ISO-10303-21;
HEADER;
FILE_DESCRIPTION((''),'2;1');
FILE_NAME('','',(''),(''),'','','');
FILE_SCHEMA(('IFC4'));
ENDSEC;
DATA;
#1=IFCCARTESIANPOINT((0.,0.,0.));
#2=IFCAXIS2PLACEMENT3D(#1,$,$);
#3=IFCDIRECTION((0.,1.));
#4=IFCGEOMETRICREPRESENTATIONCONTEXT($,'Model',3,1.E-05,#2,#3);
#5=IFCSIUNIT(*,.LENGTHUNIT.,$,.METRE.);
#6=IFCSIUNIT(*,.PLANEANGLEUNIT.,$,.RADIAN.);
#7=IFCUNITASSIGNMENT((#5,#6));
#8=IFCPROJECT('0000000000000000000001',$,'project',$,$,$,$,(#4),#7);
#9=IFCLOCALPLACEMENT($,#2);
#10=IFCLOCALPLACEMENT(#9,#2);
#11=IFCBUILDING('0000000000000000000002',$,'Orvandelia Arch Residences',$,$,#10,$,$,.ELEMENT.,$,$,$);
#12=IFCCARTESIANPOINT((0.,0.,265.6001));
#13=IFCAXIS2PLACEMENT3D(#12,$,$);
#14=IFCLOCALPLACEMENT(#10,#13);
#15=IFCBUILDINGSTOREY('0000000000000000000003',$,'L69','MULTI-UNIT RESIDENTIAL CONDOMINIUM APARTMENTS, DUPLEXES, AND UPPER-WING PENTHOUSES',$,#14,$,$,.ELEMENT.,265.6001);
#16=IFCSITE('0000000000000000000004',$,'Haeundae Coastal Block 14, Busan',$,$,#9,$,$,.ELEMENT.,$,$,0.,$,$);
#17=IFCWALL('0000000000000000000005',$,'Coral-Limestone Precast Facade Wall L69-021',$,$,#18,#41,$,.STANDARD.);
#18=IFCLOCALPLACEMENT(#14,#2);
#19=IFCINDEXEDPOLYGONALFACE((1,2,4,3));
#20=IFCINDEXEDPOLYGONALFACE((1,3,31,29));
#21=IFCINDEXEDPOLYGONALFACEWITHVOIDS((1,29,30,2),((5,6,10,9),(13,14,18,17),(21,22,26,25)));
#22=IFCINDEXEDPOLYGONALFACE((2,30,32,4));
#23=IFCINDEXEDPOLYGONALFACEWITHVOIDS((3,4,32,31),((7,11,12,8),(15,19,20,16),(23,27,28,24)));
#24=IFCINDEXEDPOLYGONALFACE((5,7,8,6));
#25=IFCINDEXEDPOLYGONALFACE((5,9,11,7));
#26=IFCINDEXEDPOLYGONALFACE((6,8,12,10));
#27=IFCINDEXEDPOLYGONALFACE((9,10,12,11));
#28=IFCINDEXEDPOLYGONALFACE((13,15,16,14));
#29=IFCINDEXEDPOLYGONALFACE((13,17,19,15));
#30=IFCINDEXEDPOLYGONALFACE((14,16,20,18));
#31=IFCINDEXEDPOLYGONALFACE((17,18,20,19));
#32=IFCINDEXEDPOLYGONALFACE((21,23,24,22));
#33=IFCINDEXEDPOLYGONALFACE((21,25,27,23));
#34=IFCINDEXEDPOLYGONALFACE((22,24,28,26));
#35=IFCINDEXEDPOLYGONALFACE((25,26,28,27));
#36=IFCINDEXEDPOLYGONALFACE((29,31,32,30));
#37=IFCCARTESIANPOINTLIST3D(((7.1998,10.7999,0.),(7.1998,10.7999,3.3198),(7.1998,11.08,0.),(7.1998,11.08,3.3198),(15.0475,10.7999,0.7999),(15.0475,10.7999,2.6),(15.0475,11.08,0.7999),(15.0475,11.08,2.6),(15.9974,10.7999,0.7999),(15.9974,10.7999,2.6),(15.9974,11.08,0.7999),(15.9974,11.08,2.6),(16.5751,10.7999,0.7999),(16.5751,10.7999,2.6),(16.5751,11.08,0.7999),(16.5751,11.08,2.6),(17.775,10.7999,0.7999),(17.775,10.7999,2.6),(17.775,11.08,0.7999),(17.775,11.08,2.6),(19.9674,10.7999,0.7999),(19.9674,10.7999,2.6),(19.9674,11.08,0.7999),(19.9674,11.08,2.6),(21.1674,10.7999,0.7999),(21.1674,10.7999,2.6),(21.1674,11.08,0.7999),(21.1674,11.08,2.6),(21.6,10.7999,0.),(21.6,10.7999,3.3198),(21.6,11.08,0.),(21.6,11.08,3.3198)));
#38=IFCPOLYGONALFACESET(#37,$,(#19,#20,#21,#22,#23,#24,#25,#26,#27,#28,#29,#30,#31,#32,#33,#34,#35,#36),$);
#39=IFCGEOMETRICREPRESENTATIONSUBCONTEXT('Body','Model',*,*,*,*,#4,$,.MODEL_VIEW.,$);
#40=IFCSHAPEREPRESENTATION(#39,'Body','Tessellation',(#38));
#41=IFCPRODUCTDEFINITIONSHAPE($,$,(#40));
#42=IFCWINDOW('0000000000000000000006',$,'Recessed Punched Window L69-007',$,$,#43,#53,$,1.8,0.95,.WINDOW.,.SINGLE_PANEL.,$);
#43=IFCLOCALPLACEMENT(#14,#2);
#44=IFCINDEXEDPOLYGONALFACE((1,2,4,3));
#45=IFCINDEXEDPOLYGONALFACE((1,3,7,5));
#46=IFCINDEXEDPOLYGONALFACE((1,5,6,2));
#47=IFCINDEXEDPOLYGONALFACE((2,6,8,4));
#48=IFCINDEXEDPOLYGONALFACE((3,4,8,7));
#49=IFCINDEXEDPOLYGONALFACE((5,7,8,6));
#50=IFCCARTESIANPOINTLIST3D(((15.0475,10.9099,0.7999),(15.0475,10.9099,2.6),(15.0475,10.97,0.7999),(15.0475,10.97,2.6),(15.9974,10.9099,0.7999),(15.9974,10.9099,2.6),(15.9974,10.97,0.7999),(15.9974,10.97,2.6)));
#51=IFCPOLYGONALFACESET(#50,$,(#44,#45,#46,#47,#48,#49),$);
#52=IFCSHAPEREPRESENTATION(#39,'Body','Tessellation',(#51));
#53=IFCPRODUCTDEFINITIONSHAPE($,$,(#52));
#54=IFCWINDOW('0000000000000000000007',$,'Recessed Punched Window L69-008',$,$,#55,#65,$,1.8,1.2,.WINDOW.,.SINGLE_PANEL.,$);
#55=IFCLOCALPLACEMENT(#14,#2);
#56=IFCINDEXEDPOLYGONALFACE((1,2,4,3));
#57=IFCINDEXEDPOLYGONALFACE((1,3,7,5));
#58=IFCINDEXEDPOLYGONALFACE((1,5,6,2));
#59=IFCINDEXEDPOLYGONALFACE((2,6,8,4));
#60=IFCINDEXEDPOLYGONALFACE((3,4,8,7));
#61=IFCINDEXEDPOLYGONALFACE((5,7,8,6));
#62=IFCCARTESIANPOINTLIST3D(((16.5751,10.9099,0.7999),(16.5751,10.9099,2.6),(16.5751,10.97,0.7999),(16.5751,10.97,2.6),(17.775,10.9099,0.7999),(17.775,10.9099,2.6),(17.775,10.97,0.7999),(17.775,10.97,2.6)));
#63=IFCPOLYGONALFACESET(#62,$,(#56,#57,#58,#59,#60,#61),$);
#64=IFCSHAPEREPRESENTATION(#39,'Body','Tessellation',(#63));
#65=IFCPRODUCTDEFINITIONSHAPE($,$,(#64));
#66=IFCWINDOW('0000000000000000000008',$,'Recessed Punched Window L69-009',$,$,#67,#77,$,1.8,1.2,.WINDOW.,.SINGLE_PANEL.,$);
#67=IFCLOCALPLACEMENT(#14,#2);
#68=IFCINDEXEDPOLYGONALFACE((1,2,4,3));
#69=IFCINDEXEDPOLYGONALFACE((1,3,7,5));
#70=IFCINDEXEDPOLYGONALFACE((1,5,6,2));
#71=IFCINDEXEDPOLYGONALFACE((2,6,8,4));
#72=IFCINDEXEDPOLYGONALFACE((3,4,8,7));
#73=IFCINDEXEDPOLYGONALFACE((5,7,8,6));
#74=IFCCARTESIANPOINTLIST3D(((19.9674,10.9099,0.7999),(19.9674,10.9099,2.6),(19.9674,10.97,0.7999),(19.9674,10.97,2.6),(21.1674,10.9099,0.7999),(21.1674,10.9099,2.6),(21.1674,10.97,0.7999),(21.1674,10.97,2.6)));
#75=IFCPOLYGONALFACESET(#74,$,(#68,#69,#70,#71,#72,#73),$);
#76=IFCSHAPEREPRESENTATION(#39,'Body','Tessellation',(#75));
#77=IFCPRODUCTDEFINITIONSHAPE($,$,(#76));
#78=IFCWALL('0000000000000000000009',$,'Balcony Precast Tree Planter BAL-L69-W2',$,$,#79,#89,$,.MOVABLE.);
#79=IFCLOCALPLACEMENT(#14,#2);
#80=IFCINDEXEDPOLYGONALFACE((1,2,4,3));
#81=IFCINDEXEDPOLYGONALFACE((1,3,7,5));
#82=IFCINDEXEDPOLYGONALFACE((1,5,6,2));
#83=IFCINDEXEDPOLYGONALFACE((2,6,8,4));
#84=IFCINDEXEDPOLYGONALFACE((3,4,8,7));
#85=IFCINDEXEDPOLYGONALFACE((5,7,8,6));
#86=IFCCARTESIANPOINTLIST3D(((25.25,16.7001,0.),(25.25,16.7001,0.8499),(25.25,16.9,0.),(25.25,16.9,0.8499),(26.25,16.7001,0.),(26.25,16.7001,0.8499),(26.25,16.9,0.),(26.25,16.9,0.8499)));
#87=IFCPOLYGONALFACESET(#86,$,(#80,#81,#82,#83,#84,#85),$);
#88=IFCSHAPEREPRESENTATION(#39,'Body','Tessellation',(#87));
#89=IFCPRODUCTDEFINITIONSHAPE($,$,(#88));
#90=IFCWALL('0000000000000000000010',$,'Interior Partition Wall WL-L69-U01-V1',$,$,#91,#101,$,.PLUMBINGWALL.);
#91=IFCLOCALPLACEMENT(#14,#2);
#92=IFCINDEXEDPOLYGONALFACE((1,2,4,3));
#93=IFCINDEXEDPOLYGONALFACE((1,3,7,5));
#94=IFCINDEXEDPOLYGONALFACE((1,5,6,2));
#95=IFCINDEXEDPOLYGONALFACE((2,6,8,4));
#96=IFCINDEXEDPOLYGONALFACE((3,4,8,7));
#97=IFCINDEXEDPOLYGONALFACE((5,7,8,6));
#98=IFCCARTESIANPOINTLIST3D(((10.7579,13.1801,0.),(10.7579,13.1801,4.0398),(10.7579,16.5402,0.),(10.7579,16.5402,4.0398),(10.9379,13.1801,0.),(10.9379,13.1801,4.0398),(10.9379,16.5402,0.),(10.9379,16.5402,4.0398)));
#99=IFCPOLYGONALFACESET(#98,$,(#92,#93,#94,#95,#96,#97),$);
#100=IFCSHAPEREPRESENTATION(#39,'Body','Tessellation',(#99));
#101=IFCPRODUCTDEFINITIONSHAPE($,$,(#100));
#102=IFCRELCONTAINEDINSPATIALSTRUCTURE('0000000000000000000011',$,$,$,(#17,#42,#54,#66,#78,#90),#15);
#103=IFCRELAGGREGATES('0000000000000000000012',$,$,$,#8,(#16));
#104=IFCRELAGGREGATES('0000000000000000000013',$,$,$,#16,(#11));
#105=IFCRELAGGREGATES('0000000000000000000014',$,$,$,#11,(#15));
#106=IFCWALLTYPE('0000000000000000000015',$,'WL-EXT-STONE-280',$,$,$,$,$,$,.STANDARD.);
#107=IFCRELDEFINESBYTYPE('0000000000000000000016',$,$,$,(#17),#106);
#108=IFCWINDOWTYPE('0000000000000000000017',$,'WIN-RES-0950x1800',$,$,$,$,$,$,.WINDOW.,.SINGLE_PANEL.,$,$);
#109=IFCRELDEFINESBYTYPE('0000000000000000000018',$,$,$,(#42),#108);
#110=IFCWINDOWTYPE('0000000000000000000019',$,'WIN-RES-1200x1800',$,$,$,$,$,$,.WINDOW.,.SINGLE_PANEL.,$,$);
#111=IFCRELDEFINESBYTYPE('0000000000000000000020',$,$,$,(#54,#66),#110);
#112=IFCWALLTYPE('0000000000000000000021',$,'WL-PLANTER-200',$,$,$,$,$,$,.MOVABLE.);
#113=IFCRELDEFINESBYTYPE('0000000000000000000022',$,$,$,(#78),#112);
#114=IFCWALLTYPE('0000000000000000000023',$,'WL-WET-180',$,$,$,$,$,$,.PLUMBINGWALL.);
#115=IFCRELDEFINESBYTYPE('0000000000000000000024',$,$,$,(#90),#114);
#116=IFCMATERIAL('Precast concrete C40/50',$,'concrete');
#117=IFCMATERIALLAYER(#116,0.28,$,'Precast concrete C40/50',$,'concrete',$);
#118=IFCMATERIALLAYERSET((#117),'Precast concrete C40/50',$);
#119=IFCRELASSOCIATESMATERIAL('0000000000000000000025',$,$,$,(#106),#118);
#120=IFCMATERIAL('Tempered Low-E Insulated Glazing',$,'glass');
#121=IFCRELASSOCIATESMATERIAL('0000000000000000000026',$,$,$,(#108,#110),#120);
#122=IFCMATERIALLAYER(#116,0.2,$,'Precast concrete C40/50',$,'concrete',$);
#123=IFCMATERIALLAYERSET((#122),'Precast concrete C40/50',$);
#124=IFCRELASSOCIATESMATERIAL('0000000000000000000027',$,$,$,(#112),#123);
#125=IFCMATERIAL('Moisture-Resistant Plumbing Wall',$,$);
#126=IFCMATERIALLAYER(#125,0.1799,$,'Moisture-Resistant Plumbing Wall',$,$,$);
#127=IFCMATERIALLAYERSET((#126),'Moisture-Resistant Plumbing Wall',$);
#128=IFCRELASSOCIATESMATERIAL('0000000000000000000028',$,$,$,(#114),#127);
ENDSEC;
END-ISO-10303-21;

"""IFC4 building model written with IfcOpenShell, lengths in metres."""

from ifc_helpers import new_model, si_unit, direction, frame, frame_2d, origin, place, context, subcontext, project, spatial, rectangle, extrude, material, layer, layer_set, type_object, element, fill, save


model = new_model("IFC4")

# Units and contexts
model_context = context("Model", 3, precision=1e-05, world=origin(), true_north=direction((0.0, 1.0)))
body_context = subcontext(model_context, "Body", "Model", "MODEL_VIEW")
ifc_project = project(units=[si_unit("LENGTHUNIT", "METRE"), si_unit("PLANEANGLEUNIT", "RADIAN")], contexts=[model_context])

# Site, building, storey
site_placement = place(None, origin())
site = spatial("IfcSite", under=ifc_project, at=site_placement, Name="Haeundae Coastal Block 14, Busan", CompositionType="ELEMENT", RefElevation=0.0)
building_placement = place(site_placement, origin())
building = spatial("IfcBuilding", under=site, at=building_placement, Name="Orvandelia Arch Residences", CompositionType="ELEMENT")
storey_placement = place(building_placement, frame((0.0, 0.0, 265.6001)))
storey = spatial("IfcBuildingStorey", under=building, at=storey_placement, Name="L69", Description="MULTI-UNIT RESIDENTIAL CONDOMINIUM APARTMENTS, DUPLEXES, AND UPPER-WING PENTHOUSES", CompositionType="ELEMENT", Elevation=265.6001)

# Shared definitions
ifc_material_1 = material(Name="Precast concrete C40/50", Category="concrete")
ifc_layer_1 = layer(ifc_material_1, 0.28, Name="Precast concrete C40/50", Category="concrete")
ifc_layer_set_1 = layer_set([ifc_layer_1], Name="Precast concrete C40/50")
wall_type_1 = type_object("IfcWallType", Name="WL-EXT-STONE-280", PredefinedType="STANDARD", material=ifc_layer_set_1)

# Wall, openings, windows
wall_1_placement = place(storey_placement, frame((21.6001, 10.9399, 0.0), z_axis=(0.0, 0.0, 1.0), x_axis=(-1.0, 0.0, 0.0)))
wall_1 = element("IfcWall", 1, at=wall_1_placement, inside=storey, type_object=wall_type_1, Name="Coral-Limestone Precast Facade Wall L69-021", PredefinedType="STANDARD", context=body_context, shape_type="SweptSolid", body=[
    extrude(rectangle(XDim=14.4001, YDim=0.28, at=frame_2d((7.2002, 0.0))), origin(), (0.0, 0.0, 1.0), 3.3198),
])
opening_1_placement = place(wall_1_placement, frame((5.6025, 0.0, 0.8)))
opening_1 = element("IfcOpeningElement", 2, at=opening_1_placement, cuts=wall_1, PredefinedType="OPENING", context=body_context, shape_type="SweptSolid", body=[
    extrude(rectangle(XDim=0.95, YDim=1.8, at=frame_2d((0.4751, 0.8999))), frame((0.0, 0.1499, 0.0), z_axis=(0.0, -1.0, 0.0), x_axis=(1.0, 0.0, 0.0)), (0.0, 0.0, 1.0), 0.3),
])
opening_2_placement = place(wall_1_placement, frame((3.825, 0.0, 0.8)))
opening_2 = element("IfcOpeningElement", 3, at=opening_2_placement, cuts=wall_1, PredefinedType="OPENING", context=body_context, shape_type="SweptSolid", body=[
    extrude(rectangle(XDim=1.2, YDim=1.8, at=frame_2d((0.6001, 0.8999))), frame((0.0, 0.1499, 0.0), z_axis=(0.0, -1.0, 0.0), x_axis=(1.0, 0.0, 0.0)), (0.0, 0.0, 1.0), 0.3),
])
opening_3_placement = place(wall_1_placement, frame((0.4326, 0.0, 0.8)))
opening_3 = element("IfcOpeningElement", 4, at=opening_3_placement, cuts=wall_1, PredefinedType="OPENING", context=body_context, shape_type="SweptSolid", body=[
    extrude(rectangle(XDim=1.2, YDim=1.8, at=frame_2d((0.6001, 0.8999))), frame((0.0, 0.1499, 0.0), z_axis=(0.0, -1.0, 0.0), x_axis=(1.0, 0.0, 0.0)), (0.0, 0.0, 1.0), 0.3),
])
ifc_material_2 = material(Name="Tempered Low-E Insulated Glazing", Category="glass")
window_type_1 = type_object("IfcWindowType", Name="WIN-RES-0950x1800", PartitioningType="SINGLE_PANEL", PredefinedType="WINDOW", material=ifc_material_2)
window_1_placement = place(opening_1_placement, origin())
window_1 = element("IfcWindow", 5, at=window_1_placement, inside=storey, type_object=window_type_1, Name="Recessed Punched Window L69-007", OverallHeight=1.8, OverallWidth=0.95, PartitioningType="SINGLE_PANEL", PredefinedType="WINDOW", context=body_context, shape_type="SweptSolid", body=[
    extrude(rectangle(XDim=0.95, YDim=1.8, at=frame_2d((0.4751, 0.8999))), frame((0.0, 0.03, 0.0), z_axis=(0.0, -1.0, 0.0), x_axis=(1.0, 0.0, 0.0)), (0.0, 0.0, 1.0), 0.0601),
])
fill(opening_1, window_1)
window_type_2 = type_object("IfcWindowType", Name="WIN-RES-1200x1800", PartitioningType="SINGLE_PANEL", PredefinedType="WINDOW", material=ifc_material_2)
window_2_placement = place(opening_2_placement, origin())
window_2 = element("IfcWindow", 6, at=window_2_placement, inside=storey, type_object=window_type_2, Name="Recessed Punched Window L69-008", OverallHeight=1.8, OverallWidth=1.2, PartitioningType="SINGLE_PANEL", PredefinedType="WINDOW", context=body_context, shape_type="SweptSolid", body=[
    extrude(rectangle(XDim=1.2, YDim=1.8, at=frame_2d((0.6001, 0.8999))), frame((0.0, 0.03, 0.0), z_axis=(0.0, -1.0, 0.0), x_axis=(1.0, 0.0, 0.0)), (0.0, 0.0, 1.0), 0.0601),
])
fill(opening_2, window_2)
window_3_placement = place(opening_3_placement, origin())
window_3 = element("IfcWindow", 7, at=window_3_placement, inside=storey, type_object=window_type_2, Name="Recessed Punched Window L69-009", OverallHeight=1.8, OverallWidth=1.2, PartitioningType="SINGLE_PANEL", PredefinedType="WINDOW", context=body_context, shape_type="SweptSolid", body=[
    extrude(rectangle(XDim=1.2, YDim=1.8, at=frame_2d((0.6001, 0.8999))), frame((0.0, 0.03, 0.0), z_axis=(0.0, -1.0, 0.0), x_axis=(1.0, 0.0, 0.0)), (0.0, 0.0, 1.0), 0.0601),
])
fill(opening_3, window_3)

# Walls
ifc_layer_2 = layer(ifc_material_1, 0.2, Name="Precast concrete C40/50", Category="concrete")
ifc_layer_set_2 = layer_set([ifc_layer_2], Name="Precast concrete C40/50")
wall_type_2 = type_object("IfcWallType", Name="WL-PLANTER-200", PredefinedType="MOVABLE", material=ifc_layer_set_2)
wall_2_placement = place(storey_placement, frame((25.25, 16.8, 0.0), z_axis=(0.0, 0.0, 1.0), x_axis=(1.0, 0.0, 0.0)))
element("IfcWall", 8, at=wall_2_placement, inside=storey, type_object=wall_type_2, Name="Balcony Precast Tree Planter BAL-L69-W2", PredefinedType="MOVABLE", context=body_context, shape_type="SweptSolid", body=[
    extrude(rectangle(XDim=1.0, YDim=0.2, at=frame_2d((0.5, 0.0))), origin(), (0.0, 0.0, 1.0), 0.8499),
])
ifc_material_3 = material(Name="Moisture-Resistant Plumbing Wall")
ifc_layer_3 = layer(ifc_material_3, 0.1799, Name="Moisture-Resistant Plumbing Wall")
ifc_layer_set_3 = layer_set([ifc_layer_3], Name="Moisture-Resistant Plumbing Wall")
wall_type_3 = type_object("IfcWallType", Name="WL-WET-180", PredefinedType="PLUMBINGWALL", material=ifc_layer_set_3)
wall_3_placement = place(storey_placement, frame((10.8479, 13.1799, 0.0), z_axis=(0.0, 0.0, 1.0), x_axis=(0.0, 1.0, 0.0)))
element("IfcWall", 9, at=wall_3_placement, inside=storey, type_object=wall_type_3, Name="Interior Partition Wall WL-L69-U01-V1", PredefinedType="PLUMBINGWALL", context=body_context, shape_type="SweptSolid", body=[
    extrude(rectangle(XDim=3.3601, YDim=0.1799, at=frame_2d((1.6802, 0.0))), origin(), (0.0, 0.0, 1.0), 4.0398),
])

save(model, "model.ifc")
